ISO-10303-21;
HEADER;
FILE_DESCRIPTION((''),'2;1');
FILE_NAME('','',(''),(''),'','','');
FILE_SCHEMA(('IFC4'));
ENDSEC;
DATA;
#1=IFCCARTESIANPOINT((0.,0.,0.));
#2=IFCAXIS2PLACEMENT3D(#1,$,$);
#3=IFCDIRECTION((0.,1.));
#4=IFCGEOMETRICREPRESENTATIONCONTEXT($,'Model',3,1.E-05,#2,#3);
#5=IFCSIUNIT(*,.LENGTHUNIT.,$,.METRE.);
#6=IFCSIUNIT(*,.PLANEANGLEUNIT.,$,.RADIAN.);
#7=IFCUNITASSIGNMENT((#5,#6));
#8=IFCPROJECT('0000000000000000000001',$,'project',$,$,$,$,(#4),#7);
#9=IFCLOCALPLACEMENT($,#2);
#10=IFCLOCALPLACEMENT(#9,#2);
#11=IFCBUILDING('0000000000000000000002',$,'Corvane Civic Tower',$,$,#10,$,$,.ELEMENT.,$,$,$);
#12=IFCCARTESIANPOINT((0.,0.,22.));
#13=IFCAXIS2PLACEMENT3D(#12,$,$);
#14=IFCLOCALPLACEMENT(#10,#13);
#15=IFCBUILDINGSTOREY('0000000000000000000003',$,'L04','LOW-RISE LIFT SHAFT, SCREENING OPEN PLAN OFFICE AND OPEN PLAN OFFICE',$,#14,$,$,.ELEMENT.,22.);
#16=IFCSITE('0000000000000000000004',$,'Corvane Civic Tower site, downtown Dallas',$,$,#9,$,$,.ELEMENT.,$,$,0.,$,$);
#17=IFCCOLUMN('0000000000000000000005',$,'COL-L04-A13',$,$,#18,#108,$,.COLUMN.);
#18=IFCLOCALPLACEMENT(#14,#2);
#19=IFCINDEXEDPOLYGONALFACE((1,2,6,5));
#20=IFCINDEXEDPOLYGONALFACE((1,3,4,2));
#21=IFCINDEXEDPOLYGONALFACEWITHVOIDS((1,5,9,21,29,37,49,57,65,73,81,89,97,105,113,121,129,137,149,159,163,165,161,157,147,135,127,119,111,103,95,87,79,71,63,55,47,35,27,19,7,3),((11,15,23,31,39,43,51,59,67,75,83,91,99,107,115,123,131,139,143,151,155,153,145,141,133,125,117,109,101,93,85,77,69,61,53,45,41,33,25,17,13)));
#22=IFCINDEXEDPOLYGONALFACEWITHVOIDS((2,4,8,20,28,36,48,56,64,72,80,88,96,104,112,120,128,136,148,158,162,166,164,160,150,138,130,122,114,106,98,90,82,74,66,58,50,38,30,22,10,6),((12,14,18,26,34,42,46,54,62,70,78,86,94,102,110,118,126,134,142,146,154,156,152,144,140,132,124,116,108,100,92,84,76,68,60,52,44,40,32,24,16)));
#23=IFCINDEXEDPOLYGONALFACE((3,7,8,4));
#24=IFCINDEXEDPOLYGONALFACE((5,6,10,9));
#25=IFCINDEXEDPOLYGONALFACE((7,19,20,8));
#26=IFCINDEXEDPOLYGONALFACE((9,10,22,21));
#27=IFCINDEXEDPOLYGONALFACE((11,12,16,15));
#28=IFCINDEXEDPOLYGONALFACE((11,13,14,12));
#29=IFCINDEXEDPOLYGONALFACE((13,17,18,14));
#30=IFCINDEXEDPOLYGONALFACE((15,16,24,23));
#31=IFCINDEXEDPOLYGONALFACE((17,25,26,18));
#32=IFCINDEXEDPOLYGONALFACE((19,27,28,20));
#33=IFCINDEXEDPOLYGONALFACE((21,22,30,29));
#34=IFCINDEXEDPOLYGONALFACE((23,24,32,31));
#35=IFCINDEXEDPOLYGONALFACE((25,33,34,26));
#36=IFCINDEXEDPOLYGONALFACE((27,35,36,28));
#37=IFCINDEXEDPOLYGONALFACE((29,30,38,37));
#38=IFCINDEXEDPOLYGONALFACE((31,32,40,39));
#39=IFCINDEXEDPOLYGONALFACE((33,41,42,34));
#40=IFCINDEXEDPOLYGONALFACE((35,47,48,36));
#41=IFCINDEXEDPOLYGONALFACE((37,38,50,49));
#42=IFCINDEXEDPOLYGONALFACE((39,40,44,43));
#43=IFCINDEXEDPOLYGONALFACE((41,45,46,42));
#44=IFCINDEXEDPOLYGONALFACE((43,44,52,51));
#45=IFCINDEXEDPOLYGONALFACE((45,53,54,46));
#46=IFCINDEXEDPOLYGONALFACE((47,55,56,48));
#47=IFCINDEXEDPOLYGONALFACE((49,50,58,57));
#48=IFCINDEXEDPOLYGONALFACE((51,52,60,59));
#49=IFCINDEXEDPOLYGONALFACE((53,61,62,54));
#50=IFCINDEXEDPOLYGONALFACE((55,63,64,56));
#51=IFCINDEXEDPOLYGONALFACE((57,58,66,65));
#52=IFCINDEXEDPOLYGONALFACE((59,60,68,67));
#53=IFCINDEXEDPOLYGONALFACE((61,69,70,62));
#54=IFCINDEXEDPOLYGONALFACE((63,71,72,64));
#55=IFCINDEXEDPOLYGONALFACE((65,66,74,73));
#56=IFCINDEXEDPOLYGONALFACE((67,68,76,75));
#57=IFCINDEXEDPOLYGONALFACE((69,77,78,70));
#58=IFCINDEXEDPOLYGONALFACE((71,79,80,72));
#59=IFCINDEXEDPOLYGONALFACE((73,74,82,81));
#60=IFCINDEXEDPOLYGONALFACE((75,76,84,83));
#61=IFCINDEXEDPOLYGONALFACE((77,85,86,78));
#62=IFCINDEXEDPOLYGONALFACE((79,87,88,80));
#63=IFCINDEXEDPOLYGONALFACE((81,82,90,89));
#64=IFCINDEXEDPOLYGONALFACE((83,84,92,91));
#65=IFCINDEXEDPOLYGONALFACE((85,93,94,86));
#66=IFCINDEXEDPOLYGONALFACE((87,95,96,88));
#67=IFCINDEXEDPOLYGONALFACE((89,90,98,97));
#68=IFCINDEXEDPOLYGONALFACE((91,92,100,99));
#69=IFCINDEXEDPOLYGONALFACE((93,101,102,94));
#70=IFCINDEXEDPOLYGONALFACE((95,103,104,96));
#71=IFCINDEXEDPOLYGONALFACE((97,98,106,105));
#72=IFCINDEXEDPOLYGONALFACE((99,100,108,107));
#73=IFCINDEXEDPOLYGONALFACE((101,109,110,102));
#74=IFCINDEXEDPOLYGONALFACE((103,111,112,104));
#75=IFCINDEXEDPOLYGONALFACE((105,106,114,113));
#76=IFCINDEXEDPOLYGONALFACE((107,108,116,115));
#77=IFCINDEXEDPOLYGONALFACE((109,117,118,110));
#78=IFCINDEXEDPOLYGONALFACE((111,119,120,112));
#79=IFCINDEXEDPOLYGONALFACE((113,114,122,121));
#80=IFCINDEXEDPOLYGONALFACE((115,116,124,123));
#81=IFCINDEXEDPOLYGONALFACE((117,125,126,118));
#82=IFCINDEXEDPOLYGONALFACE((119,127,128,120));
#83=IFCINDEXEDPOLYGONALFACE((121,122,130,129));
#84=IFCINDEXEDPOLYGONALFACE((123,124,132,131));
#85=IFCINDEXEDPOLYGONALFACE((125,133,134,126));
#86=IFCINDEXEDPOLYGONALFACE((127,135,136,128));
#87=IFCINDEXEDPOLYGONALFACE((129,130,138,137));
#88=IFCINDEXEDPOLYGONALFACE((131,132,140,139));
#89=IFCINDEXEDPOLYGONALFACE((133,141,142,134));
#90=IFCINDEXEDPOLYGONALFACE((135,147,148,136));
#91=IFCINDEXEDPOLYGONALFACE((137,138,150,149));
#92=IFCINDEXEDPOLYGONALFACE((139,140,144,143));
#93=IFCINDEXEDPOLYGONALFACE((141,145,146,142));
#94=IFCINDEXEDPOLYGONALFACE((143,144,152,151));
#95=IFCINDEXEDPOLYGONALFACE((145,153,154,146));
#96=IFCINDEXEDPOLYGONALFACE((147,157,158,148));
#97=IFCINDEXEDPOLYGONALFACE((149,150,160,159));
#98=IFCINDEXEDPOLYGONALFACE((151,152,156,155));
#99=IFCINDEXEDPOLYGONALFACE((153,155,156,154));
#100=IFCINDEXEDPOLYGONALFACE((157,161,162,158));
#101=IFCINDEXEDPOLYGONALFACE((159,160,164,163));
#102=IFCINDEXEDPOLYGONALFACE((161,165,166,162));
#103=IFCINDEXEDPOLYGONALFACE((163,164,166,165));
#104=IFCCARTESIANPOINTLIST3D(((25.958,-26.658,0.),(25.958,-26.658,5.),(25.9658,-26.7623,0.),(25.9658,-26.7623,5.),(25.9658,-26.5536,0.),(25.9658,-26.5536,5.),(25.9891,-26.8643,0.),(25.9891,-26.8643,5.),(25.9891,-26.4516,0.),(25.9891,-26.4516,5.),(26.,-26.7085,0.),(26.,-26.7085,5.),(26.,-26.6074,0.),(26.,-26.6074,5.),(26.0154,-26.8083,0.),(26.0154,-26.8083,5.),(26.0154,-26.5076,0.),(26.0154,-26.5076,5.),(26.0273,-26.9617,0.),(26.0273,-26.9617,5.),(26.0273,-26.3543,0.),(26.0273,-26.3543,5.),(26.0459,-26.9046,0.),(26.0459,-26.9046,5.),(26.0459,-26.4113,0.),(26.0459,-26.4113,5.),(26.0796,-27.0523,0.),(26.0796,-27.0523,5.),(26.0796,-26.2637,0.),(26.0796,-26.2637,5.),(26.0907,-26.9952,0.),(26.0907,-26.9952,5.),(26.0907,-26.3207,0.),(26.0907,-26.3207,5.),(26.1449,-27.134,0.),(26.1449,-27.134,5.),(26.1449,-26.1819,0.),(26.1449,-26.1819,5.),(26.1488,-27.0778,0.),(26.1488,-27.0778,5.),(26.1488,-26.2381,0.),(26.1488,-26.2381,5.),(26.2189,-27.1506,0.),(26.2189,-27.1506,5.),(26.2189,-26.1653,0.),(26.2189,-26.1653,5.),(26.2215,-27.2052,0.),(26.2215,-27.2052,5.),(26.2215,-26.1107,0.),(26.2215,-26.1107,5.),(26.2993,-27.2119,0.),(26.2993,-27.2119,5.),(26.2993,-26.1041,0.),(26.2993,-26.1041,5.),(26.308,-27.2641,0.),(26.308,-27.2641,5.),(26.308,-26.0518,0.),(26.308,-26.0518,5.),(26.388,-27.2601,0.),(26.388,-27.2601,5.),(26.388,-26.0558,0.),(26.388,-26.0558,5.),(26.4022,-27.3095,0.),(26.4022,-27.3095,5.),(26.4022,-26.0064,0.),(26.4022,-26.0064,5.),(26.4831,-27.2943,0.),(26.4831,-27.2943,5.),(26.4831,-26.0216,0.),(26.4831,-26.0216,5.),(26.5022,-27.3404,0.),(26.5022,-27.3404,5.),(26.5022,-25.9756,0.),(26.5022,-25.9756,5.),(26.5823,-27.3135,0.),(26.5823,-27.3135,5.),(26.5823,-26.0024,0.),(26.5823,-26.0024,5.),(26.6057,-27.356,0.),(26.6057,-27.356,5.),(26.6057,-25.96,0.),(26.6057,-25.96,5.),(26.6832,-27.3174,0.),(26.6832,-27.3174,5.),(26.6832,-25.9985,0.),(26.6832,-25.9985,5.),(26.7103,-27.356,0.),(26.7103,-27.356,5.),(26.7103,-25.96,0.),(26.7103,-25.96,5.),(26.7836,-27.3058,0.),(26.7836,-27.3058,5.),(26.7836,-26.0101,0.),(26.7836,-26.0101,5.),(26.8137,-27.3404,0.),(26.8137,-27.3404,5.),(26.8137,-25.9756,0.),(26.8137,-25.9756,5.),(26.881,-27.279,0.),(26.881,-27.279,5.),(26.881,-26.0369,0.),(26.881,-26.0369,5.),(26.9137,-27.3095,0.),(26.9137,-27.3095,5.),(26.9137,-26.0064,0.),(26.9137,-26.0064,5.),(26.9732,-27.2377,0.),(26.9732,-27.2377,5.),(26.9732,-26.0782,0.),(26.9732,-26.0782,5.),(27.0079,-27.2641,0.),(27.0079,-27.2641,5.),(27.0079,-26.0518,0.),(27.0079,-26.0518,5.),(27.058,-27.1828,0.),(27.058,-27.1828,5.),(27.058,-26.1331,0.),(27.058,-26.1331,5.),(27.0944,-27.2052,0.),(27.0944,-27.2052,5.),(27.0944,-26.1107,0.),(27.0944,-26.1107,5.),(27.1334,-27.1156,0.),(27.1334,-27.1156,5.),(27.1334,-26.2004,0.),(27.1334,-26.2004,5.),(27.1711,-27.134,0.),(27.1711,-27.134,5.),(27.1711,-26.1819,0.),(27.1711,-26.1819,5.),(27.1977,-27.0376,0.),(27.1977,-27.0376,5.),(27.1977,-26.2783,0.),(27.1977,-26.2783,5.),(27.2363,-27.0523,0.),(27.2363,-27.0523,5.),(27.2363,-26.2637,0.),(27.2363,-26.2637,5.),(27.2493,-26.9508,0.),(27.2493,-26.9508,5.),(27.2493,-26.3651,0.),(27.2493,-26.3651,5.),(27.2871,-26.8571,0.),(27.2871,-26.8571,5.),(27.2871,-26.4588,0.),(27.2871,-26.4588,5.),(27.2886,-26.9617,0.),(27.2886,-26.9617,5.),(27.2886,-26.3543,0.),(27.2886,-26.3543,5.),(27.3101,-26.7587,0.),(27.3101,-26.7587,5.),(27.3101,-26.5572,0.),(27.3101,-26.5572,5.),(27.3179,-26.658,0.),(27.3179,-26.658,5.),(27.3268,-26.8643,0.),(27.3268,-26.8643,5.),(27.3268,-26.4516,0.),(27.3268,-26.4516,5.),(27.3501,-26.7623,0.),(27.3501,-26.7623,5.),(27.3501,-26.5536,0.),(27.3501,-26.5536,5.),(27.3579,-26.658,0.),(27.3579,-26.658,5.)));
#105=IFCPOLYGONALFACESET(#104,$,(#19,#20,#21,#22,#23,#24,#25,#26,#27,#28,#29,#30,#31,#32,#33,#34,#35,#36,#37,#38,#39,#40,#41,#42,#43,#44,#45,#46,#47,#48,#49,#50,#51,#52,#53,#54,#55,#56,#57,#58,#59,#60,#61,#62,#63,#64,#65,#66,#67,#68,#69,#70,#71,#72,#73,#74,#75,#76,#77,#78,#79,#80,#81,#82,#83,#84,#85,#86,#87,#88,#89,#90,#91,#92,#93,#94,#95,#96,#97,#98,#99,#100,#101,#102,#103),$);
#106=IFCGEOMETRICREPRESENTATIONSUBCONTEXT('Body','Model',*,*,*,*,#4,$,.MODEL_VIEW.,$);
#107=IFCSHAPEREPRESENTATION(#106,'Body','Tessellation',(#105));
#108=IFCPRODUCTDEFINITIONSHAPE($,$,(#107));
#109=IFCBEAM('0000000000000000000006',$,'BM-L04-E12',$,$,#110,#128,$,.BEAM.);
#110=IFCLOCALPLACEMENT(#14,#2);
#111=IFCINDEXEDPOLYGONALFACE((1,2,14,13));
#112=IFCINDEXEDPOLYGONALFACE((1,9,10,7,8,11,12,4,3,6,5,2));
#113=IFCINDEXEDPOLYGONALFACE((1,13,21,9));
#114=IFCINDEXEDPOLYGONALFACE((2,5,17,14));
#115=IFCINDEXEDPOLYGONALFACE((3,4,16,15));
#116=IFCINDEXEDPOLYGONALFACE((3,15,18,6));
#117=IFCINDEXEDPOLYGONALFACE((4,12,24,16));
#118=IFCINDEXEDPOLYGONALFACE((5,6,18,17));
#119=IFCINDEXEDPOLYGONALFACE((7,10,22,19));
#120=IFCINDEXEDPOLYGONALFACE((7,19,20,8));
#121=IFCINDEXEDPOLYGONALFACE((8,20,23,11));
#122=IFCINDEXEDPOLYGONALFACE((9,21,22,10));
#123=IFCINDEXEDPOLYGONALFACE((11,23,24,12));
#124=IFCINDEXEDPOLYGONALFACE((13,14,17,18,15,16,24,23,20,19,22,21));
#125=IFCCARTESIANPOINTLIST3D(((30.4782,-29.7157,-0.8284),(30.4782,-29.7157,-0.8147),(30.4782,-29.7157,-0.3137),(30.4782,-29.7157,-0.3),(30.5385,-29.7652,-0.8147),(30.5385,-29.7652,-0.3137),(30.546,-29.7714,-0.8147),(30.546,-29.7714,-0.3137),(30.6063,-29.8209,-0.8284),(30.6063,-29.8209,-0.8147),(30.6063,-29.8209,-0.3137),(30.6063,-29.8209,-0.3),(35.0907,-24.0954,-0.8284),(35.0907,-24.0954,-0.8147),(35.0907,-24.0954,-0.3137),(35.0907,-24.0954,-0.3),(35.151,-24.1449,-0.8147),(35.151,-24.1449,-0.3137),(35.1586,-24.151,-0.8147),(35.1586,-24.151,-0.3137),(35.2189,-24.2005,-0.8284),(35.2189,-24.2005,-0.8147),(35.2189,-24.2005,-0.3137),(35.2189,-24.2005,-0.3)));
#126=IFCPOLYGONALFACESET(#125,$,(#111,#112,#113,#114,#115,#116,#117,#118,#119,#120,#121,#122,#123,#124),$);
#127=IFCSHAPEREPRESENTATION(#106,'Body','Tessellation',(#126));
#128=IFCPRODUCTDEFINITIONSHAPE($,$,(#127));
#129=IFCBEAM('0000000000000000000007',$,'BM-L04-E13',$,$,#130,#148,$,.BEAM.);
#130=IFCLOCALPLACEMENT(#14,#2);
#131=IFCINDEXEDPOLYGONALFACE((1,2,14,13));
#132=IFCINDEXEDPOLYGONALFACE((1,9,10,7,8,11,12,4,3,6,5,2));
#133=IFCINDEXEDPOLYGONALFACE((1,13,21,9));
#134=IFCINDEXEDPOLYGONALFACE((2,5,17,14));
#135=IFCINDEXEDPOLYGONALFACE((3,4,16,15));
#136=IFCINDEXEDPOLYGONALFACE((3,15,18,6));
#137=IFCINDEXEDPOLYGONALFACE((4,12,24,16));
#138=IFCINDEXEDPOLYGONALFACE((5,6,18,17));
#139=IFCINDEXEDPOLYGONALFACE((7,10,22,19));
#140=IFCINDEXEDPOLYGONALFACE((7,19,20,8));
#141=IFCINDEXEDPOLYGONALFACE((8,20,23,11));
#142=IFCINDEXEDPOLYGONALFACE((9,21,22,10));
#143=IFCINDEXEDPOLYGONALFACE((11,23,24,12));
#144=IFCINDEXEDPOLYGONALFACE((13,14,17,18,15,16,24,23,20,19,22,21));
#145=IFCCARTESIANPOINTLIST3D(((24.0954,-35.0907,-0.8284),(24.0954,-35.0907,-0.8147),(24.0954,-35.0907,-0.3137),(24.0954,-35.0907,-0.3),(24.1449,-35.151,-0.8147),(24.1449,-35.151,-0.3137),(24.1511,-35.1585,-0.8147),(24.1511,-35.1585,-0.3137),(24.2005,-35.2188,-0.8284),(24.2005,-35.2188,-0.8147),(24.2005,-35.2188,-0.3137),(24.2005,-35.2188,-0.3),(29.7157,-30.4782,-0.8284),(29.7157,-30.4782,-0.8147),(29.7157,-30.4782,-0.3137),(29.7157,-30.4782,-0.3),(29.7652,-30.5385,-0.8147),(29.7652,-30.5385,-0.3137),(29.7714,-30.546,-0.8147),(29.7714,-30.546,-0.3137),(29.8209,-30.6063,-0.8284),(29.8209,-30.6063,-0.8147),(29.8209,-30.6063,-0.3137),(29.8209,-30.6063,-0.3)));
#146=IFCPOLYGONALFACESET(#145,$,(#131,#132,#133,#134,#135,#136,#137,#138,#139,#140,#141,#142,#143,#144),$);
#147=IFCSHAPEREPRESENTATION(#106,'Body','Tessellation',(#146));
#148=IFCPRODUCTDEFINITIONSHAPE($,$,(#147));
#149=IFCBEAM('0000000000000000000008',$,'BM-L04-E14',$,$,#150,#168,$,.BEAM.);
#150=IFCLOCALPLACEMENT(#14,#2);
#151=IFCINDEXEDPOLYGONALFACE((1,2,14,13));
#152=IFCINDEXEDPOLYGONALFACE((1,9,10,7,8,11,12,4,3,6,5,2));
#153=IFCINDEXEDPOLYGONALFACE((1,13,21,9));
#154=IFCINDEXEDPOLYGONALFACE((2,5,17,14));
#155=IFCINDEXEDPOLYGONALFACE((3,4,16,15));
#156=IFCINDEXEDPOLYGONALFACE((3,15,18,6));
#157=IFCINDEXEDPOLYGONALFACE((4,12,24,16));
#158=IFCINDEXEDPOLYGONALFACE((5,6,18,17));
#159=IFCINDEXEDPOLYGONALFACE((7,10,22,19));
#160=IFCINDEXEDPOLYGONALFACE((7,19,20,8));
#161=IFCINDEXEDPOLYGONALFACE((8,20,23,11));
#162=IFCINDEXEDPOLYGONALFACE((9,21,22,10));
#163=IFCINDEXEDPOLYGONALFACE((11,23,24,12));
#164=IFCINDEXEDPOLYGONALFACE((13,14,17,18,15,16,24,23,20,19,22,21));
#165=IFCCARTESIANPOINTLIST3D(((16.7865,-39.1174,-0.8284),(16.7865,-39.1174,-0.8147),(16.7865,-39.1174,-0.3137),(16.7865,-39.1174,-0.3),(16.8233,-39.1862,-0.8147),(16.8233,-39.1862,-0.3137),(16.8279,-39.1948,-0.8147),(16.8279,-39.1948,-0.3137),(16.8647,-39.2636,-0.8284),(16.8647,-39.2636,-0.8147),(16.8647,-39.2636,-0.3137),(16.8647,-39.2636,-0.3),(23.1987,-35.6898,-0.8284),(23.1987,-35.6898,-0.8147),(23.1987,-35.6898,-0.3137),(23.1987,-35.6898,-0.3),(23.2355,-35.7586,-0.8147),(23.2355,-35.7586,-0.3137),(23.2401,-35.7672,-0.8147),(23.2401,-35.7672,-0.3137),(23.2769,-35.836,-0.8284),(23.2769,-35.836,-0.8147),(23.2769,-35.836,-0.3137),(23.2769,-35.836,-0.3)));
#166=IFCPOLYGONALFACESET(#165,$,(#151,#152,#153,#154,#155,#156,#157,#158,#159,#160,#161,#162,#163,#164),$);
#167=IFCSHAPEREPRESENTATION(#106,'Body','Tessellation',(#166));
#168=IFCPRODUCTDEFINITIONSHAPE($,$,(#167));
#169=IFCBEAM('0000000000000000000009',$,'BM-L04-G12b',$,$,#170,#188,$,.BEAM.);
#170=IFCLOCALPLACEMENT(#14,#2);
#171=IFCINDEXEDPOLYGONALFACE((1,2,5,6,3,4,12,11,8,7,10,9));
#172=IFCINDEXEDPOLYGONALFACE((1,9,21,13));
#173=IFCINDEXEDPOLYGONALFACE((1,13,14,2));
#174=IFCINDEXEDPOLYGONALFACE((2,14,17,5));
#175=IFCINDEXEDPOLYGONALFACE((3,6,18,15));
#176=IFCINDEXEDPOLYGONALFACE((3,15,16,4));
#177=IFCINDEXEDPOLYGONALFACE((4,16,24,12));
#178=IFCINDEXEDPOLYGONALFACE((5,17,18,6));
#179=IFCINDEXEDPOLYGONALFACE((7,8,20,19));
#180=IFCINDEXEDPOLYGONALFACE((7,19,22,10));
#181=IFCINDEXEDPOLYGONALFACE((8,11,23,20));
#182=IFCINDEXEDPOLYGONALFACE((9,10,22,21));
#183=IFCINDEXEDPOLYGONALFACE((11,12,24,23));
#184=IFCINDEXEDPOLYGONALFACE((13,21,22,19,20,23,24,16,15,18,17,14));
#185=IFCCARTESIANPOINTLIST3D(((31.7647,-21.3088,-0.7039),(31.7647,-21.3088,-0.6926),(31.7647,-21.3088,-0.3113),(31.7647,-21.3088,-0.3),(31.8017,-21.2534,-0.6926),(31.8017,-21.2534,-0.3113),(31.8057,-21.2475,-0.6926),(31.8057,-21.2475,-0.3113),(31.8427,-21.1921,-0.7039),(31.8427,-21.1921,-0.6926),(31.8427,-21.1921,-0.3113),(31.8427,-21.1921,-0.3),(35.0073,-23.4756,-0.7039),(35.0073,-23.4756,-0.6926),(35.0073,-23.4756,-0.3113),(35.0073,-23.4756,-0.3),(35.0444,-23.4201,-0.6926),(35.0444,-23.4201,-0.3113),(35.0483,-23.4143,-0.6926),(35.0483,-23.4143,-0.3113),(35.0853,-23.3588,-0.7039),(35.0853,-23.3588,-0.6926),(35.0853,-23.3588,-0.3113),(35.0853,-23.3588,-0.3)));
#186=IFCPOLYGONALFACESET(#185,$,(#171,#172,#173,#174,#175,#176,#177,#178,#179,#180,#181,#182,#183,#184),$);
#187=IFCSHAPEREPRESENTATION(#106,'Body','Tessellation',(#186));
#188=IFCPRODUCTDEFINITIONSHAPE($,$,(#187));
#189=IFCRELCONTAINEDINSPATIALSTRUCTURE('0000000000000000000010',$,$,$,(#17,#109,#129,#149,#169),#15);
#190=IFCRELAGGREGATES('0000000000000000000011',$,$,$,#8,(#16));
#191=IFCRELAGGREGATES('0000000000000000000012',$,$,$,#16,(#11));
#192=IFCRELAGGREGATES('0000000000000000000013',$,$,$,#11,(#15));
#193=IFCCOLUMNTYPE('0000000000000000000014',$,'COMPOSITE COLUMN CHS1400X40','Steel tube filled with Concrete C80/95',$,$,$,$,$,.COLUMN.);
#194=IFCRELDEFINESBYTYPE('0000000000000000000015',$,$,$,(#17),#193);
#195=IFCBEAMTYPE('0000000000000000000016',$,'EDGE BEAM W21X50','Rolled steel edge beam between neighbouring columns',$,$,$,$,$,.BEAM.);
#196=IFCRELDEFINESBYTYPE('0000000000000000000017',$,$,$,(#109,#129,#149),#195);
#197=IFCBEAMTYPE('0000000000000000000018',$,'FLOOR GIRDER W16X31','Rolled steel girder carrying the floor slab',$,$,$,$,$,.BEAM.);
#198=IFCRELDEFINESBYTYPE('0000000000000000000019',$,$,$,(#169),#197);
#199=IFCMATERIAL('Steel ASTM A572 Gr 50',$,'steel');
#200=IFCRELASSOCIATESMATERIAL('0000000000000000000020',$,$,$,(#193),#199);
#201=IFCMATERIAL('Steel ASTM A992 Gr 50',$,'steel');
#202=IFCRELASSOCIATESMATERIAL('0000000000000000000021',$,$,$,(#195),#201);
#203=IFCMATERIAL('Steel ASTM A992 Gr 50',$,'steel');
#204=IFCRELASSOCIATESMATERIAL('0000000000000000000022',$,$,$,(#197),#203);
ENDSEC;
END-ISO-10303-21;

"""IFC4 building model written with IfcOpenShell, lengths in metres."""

from ifc_helpers import new_model, si_unit, direction, frame, origin, origin_2d, place, context, subcontext, project, spatial, hollow_circle, i_section, extrude, material, material_profile, profile_set, type_object, element, save


model = new_model("IFC4")

# Units and contexts
model_context = context("Model", 3, precision=1e-05, world=origin(), true_north=direction((0.0, 1.0)))
body_context = subcontext(model_context, "Body", "Model", "MODEL_VIEW")
ifc_project = project(units=[si_unit("LENGTHUNIT", "METRE"), si_unit("PLANEANGLEUNIT", "RADIAN")], contexts=[model_context])

# Site, building, storey
site_placement = place(None, origin())
site = spatial("IfcSite", under=ifc_project, at=site_placement, Name="Corvane Civic Tower site, downtown Dallas", CompositionType="ELEMENT", RefElevation=0.0)
building_placement = place(site_placement, origin())
building = spatial("IfcBuilding", under=site, at=building_placement, Name="Corvane Civic Tower", CompositionType="ELEMENT")
storey_placement = place(building_placement, frame((0.0, 0.0, 22.0)))
storey = spatial("IfcBuildingStorey", under=building, at=storey_placement, Name="L04", Description="LOW-RISE LIFT SHAFT, SCREENING OPEN PLAN OFFICE AND OPEN PLAN OFFICE", CompositionType="ELEMENT", Elevation=22.0)

# Column
ifc_material_1 = material(Name="Steel ASTM A572 Gr 50", Category="steel")
ifc_material_profile_1 = material_profile(ifc_material_1, hollow_circle(Radius=0.7, WallThickness=0.04, at=origin_2d()), Name="CHS1400X40")
ifc_profile_set_1 = profile_set([ifc_material_profile_1], Name="Steel ASTM A572 Gr 50")
column_type_1 = type_object("IfcColumnType", Name="COMPOSITE COLUMN CHS1400X40", Description="Steel tube filled with Concrete C80/95", PredefinedType="COLUMN", material=ifc_profile_set_1)
for number, where, z_axis, x_axis, name in (
    (1, (26.658, -26.658, 0.0), (0.0, 0.0, 1.0), (1.0, 0.0, 0.0), "COL-L04-A13"),
):
    element("IfcColumn", number, at=place(storey_placement, frame(where, z_axis=z_axis, x_axis=x_axis)), inside=storey, type_object=column_type_1, Name=name, PredefinedType="COLUMN", context=body_context, shape_type="SweptSolid", body=[
        extrude(hollow_circle(Radius=0.7, WallThickness=0.04, at=origin_2d()), origin(), (0.0, 0.0, 1.0), 5.0),
    ])

# Beams
ifc_material_2 = material(Name="Steel ASTM A992 Gr 50", Category="steel")
ifc_material_profile_2 = material_profile(ifc_material_2, i_section(OverallWidth=0.1658, OverallDepth=0.5283, WebThickness=0.0098, FlangeThickness=0.0137, at=origin_2d()), Name="W21X50")
ifc_profile_set_2 = profile_set([ifc_material_profile_2], Name="Steel ASTM A992 Gr 50")
beam_type_1 = type_object("IfcBeamType", Name="EDGE BEAM W21X50", Description="Rolled steel edge beam between neighbouring columns", PredefinedType="BEAM", material=ifc_profile_set_2)
for number, where, z_axis, x_axis, name in (
    (2, (35.1548, -24.1479, -0.5642), (-0.634396, -0.773008, 0.0), (0.773008, -0.634396, 0.0), "BM-L04-E12"),
    (3, (29.7683, -30.5422, -0.5642), (-0.773008, -0.634396, 0.0), (0.634396, -0.773008, 0.0), "BM-L04-E13"),
    (4, (23.2378, -35.7629, -0.5642), (-0.881913, -0.471412, 0.0), (0.471412, -0.881913, 0.0), "BM-L04-E14"),
):
    element("IfcBeam", number, at=place(storey_placement, frame(where, z_axis=z_axis, x_axis=x_axis)), inside=storey, type_object=beam_type_1, Name=name, PredefinedType="BEAM", context=body_context, shape_type="SweptSolid", body=[
        extrude(i_section(OverallWidth=0.1658, OverallDepth=0.5283, WebThickness=0.0098, FlangeThickness=0.0137, at=origin_2d()), origin(), (0.0, 0.0, 1.0), 7.2708),
    ])
ifc_material_3 = material(Name="Steel ASTM A992 Gr 50", Category="steel")
ifc_material_profile_3 = material_profile(ifc_material_3, i_section(OverallWidth=0.1404, OverallDepth=0.4038, WebThickness=0.0071, FlangeThickness=0.0112, at=origin_2d()), Name="W16X31")
ifc_profile_set_3 = profile_set([ifc_material_profile_3], Name="Steel ASTM A992 Gr 50")
beam_type_2 = type_object("IfcBeamType", Name="FLOOR GIRDER W16X31", Description="Rolled steel girder carrying the floor slab", PredefinedType="BEAM", material=ifc_profile_set_3)
for number, where, z_axis, x_axis, name in (
    (5, (31.8037, -21.2505, -0.502), (0.831462, -0.555581, 0.0), (0.555581, 0.831462, 0.0), "BM-L04-G12b"),
):
    element("IfcBeam", number, at=place(storey_placement, frame(where, z_axis=z_axis, x_axis=x_axis)), inside=storey, type_object=beam_type_2, Name=name, PredefinedType="BEAM", context=body_context, shape_type="SweptSolid", body=[
        extrude(i_section(OverallWidth=0.1404, OverallDepth=0.4038, WebThickness=0.0071, FlangeThickness=0.0112, at=origin_2d()), origin(), (0.0, 0.0, 1.0), 3.8999),
    ])

save(model, "model.ifc")
